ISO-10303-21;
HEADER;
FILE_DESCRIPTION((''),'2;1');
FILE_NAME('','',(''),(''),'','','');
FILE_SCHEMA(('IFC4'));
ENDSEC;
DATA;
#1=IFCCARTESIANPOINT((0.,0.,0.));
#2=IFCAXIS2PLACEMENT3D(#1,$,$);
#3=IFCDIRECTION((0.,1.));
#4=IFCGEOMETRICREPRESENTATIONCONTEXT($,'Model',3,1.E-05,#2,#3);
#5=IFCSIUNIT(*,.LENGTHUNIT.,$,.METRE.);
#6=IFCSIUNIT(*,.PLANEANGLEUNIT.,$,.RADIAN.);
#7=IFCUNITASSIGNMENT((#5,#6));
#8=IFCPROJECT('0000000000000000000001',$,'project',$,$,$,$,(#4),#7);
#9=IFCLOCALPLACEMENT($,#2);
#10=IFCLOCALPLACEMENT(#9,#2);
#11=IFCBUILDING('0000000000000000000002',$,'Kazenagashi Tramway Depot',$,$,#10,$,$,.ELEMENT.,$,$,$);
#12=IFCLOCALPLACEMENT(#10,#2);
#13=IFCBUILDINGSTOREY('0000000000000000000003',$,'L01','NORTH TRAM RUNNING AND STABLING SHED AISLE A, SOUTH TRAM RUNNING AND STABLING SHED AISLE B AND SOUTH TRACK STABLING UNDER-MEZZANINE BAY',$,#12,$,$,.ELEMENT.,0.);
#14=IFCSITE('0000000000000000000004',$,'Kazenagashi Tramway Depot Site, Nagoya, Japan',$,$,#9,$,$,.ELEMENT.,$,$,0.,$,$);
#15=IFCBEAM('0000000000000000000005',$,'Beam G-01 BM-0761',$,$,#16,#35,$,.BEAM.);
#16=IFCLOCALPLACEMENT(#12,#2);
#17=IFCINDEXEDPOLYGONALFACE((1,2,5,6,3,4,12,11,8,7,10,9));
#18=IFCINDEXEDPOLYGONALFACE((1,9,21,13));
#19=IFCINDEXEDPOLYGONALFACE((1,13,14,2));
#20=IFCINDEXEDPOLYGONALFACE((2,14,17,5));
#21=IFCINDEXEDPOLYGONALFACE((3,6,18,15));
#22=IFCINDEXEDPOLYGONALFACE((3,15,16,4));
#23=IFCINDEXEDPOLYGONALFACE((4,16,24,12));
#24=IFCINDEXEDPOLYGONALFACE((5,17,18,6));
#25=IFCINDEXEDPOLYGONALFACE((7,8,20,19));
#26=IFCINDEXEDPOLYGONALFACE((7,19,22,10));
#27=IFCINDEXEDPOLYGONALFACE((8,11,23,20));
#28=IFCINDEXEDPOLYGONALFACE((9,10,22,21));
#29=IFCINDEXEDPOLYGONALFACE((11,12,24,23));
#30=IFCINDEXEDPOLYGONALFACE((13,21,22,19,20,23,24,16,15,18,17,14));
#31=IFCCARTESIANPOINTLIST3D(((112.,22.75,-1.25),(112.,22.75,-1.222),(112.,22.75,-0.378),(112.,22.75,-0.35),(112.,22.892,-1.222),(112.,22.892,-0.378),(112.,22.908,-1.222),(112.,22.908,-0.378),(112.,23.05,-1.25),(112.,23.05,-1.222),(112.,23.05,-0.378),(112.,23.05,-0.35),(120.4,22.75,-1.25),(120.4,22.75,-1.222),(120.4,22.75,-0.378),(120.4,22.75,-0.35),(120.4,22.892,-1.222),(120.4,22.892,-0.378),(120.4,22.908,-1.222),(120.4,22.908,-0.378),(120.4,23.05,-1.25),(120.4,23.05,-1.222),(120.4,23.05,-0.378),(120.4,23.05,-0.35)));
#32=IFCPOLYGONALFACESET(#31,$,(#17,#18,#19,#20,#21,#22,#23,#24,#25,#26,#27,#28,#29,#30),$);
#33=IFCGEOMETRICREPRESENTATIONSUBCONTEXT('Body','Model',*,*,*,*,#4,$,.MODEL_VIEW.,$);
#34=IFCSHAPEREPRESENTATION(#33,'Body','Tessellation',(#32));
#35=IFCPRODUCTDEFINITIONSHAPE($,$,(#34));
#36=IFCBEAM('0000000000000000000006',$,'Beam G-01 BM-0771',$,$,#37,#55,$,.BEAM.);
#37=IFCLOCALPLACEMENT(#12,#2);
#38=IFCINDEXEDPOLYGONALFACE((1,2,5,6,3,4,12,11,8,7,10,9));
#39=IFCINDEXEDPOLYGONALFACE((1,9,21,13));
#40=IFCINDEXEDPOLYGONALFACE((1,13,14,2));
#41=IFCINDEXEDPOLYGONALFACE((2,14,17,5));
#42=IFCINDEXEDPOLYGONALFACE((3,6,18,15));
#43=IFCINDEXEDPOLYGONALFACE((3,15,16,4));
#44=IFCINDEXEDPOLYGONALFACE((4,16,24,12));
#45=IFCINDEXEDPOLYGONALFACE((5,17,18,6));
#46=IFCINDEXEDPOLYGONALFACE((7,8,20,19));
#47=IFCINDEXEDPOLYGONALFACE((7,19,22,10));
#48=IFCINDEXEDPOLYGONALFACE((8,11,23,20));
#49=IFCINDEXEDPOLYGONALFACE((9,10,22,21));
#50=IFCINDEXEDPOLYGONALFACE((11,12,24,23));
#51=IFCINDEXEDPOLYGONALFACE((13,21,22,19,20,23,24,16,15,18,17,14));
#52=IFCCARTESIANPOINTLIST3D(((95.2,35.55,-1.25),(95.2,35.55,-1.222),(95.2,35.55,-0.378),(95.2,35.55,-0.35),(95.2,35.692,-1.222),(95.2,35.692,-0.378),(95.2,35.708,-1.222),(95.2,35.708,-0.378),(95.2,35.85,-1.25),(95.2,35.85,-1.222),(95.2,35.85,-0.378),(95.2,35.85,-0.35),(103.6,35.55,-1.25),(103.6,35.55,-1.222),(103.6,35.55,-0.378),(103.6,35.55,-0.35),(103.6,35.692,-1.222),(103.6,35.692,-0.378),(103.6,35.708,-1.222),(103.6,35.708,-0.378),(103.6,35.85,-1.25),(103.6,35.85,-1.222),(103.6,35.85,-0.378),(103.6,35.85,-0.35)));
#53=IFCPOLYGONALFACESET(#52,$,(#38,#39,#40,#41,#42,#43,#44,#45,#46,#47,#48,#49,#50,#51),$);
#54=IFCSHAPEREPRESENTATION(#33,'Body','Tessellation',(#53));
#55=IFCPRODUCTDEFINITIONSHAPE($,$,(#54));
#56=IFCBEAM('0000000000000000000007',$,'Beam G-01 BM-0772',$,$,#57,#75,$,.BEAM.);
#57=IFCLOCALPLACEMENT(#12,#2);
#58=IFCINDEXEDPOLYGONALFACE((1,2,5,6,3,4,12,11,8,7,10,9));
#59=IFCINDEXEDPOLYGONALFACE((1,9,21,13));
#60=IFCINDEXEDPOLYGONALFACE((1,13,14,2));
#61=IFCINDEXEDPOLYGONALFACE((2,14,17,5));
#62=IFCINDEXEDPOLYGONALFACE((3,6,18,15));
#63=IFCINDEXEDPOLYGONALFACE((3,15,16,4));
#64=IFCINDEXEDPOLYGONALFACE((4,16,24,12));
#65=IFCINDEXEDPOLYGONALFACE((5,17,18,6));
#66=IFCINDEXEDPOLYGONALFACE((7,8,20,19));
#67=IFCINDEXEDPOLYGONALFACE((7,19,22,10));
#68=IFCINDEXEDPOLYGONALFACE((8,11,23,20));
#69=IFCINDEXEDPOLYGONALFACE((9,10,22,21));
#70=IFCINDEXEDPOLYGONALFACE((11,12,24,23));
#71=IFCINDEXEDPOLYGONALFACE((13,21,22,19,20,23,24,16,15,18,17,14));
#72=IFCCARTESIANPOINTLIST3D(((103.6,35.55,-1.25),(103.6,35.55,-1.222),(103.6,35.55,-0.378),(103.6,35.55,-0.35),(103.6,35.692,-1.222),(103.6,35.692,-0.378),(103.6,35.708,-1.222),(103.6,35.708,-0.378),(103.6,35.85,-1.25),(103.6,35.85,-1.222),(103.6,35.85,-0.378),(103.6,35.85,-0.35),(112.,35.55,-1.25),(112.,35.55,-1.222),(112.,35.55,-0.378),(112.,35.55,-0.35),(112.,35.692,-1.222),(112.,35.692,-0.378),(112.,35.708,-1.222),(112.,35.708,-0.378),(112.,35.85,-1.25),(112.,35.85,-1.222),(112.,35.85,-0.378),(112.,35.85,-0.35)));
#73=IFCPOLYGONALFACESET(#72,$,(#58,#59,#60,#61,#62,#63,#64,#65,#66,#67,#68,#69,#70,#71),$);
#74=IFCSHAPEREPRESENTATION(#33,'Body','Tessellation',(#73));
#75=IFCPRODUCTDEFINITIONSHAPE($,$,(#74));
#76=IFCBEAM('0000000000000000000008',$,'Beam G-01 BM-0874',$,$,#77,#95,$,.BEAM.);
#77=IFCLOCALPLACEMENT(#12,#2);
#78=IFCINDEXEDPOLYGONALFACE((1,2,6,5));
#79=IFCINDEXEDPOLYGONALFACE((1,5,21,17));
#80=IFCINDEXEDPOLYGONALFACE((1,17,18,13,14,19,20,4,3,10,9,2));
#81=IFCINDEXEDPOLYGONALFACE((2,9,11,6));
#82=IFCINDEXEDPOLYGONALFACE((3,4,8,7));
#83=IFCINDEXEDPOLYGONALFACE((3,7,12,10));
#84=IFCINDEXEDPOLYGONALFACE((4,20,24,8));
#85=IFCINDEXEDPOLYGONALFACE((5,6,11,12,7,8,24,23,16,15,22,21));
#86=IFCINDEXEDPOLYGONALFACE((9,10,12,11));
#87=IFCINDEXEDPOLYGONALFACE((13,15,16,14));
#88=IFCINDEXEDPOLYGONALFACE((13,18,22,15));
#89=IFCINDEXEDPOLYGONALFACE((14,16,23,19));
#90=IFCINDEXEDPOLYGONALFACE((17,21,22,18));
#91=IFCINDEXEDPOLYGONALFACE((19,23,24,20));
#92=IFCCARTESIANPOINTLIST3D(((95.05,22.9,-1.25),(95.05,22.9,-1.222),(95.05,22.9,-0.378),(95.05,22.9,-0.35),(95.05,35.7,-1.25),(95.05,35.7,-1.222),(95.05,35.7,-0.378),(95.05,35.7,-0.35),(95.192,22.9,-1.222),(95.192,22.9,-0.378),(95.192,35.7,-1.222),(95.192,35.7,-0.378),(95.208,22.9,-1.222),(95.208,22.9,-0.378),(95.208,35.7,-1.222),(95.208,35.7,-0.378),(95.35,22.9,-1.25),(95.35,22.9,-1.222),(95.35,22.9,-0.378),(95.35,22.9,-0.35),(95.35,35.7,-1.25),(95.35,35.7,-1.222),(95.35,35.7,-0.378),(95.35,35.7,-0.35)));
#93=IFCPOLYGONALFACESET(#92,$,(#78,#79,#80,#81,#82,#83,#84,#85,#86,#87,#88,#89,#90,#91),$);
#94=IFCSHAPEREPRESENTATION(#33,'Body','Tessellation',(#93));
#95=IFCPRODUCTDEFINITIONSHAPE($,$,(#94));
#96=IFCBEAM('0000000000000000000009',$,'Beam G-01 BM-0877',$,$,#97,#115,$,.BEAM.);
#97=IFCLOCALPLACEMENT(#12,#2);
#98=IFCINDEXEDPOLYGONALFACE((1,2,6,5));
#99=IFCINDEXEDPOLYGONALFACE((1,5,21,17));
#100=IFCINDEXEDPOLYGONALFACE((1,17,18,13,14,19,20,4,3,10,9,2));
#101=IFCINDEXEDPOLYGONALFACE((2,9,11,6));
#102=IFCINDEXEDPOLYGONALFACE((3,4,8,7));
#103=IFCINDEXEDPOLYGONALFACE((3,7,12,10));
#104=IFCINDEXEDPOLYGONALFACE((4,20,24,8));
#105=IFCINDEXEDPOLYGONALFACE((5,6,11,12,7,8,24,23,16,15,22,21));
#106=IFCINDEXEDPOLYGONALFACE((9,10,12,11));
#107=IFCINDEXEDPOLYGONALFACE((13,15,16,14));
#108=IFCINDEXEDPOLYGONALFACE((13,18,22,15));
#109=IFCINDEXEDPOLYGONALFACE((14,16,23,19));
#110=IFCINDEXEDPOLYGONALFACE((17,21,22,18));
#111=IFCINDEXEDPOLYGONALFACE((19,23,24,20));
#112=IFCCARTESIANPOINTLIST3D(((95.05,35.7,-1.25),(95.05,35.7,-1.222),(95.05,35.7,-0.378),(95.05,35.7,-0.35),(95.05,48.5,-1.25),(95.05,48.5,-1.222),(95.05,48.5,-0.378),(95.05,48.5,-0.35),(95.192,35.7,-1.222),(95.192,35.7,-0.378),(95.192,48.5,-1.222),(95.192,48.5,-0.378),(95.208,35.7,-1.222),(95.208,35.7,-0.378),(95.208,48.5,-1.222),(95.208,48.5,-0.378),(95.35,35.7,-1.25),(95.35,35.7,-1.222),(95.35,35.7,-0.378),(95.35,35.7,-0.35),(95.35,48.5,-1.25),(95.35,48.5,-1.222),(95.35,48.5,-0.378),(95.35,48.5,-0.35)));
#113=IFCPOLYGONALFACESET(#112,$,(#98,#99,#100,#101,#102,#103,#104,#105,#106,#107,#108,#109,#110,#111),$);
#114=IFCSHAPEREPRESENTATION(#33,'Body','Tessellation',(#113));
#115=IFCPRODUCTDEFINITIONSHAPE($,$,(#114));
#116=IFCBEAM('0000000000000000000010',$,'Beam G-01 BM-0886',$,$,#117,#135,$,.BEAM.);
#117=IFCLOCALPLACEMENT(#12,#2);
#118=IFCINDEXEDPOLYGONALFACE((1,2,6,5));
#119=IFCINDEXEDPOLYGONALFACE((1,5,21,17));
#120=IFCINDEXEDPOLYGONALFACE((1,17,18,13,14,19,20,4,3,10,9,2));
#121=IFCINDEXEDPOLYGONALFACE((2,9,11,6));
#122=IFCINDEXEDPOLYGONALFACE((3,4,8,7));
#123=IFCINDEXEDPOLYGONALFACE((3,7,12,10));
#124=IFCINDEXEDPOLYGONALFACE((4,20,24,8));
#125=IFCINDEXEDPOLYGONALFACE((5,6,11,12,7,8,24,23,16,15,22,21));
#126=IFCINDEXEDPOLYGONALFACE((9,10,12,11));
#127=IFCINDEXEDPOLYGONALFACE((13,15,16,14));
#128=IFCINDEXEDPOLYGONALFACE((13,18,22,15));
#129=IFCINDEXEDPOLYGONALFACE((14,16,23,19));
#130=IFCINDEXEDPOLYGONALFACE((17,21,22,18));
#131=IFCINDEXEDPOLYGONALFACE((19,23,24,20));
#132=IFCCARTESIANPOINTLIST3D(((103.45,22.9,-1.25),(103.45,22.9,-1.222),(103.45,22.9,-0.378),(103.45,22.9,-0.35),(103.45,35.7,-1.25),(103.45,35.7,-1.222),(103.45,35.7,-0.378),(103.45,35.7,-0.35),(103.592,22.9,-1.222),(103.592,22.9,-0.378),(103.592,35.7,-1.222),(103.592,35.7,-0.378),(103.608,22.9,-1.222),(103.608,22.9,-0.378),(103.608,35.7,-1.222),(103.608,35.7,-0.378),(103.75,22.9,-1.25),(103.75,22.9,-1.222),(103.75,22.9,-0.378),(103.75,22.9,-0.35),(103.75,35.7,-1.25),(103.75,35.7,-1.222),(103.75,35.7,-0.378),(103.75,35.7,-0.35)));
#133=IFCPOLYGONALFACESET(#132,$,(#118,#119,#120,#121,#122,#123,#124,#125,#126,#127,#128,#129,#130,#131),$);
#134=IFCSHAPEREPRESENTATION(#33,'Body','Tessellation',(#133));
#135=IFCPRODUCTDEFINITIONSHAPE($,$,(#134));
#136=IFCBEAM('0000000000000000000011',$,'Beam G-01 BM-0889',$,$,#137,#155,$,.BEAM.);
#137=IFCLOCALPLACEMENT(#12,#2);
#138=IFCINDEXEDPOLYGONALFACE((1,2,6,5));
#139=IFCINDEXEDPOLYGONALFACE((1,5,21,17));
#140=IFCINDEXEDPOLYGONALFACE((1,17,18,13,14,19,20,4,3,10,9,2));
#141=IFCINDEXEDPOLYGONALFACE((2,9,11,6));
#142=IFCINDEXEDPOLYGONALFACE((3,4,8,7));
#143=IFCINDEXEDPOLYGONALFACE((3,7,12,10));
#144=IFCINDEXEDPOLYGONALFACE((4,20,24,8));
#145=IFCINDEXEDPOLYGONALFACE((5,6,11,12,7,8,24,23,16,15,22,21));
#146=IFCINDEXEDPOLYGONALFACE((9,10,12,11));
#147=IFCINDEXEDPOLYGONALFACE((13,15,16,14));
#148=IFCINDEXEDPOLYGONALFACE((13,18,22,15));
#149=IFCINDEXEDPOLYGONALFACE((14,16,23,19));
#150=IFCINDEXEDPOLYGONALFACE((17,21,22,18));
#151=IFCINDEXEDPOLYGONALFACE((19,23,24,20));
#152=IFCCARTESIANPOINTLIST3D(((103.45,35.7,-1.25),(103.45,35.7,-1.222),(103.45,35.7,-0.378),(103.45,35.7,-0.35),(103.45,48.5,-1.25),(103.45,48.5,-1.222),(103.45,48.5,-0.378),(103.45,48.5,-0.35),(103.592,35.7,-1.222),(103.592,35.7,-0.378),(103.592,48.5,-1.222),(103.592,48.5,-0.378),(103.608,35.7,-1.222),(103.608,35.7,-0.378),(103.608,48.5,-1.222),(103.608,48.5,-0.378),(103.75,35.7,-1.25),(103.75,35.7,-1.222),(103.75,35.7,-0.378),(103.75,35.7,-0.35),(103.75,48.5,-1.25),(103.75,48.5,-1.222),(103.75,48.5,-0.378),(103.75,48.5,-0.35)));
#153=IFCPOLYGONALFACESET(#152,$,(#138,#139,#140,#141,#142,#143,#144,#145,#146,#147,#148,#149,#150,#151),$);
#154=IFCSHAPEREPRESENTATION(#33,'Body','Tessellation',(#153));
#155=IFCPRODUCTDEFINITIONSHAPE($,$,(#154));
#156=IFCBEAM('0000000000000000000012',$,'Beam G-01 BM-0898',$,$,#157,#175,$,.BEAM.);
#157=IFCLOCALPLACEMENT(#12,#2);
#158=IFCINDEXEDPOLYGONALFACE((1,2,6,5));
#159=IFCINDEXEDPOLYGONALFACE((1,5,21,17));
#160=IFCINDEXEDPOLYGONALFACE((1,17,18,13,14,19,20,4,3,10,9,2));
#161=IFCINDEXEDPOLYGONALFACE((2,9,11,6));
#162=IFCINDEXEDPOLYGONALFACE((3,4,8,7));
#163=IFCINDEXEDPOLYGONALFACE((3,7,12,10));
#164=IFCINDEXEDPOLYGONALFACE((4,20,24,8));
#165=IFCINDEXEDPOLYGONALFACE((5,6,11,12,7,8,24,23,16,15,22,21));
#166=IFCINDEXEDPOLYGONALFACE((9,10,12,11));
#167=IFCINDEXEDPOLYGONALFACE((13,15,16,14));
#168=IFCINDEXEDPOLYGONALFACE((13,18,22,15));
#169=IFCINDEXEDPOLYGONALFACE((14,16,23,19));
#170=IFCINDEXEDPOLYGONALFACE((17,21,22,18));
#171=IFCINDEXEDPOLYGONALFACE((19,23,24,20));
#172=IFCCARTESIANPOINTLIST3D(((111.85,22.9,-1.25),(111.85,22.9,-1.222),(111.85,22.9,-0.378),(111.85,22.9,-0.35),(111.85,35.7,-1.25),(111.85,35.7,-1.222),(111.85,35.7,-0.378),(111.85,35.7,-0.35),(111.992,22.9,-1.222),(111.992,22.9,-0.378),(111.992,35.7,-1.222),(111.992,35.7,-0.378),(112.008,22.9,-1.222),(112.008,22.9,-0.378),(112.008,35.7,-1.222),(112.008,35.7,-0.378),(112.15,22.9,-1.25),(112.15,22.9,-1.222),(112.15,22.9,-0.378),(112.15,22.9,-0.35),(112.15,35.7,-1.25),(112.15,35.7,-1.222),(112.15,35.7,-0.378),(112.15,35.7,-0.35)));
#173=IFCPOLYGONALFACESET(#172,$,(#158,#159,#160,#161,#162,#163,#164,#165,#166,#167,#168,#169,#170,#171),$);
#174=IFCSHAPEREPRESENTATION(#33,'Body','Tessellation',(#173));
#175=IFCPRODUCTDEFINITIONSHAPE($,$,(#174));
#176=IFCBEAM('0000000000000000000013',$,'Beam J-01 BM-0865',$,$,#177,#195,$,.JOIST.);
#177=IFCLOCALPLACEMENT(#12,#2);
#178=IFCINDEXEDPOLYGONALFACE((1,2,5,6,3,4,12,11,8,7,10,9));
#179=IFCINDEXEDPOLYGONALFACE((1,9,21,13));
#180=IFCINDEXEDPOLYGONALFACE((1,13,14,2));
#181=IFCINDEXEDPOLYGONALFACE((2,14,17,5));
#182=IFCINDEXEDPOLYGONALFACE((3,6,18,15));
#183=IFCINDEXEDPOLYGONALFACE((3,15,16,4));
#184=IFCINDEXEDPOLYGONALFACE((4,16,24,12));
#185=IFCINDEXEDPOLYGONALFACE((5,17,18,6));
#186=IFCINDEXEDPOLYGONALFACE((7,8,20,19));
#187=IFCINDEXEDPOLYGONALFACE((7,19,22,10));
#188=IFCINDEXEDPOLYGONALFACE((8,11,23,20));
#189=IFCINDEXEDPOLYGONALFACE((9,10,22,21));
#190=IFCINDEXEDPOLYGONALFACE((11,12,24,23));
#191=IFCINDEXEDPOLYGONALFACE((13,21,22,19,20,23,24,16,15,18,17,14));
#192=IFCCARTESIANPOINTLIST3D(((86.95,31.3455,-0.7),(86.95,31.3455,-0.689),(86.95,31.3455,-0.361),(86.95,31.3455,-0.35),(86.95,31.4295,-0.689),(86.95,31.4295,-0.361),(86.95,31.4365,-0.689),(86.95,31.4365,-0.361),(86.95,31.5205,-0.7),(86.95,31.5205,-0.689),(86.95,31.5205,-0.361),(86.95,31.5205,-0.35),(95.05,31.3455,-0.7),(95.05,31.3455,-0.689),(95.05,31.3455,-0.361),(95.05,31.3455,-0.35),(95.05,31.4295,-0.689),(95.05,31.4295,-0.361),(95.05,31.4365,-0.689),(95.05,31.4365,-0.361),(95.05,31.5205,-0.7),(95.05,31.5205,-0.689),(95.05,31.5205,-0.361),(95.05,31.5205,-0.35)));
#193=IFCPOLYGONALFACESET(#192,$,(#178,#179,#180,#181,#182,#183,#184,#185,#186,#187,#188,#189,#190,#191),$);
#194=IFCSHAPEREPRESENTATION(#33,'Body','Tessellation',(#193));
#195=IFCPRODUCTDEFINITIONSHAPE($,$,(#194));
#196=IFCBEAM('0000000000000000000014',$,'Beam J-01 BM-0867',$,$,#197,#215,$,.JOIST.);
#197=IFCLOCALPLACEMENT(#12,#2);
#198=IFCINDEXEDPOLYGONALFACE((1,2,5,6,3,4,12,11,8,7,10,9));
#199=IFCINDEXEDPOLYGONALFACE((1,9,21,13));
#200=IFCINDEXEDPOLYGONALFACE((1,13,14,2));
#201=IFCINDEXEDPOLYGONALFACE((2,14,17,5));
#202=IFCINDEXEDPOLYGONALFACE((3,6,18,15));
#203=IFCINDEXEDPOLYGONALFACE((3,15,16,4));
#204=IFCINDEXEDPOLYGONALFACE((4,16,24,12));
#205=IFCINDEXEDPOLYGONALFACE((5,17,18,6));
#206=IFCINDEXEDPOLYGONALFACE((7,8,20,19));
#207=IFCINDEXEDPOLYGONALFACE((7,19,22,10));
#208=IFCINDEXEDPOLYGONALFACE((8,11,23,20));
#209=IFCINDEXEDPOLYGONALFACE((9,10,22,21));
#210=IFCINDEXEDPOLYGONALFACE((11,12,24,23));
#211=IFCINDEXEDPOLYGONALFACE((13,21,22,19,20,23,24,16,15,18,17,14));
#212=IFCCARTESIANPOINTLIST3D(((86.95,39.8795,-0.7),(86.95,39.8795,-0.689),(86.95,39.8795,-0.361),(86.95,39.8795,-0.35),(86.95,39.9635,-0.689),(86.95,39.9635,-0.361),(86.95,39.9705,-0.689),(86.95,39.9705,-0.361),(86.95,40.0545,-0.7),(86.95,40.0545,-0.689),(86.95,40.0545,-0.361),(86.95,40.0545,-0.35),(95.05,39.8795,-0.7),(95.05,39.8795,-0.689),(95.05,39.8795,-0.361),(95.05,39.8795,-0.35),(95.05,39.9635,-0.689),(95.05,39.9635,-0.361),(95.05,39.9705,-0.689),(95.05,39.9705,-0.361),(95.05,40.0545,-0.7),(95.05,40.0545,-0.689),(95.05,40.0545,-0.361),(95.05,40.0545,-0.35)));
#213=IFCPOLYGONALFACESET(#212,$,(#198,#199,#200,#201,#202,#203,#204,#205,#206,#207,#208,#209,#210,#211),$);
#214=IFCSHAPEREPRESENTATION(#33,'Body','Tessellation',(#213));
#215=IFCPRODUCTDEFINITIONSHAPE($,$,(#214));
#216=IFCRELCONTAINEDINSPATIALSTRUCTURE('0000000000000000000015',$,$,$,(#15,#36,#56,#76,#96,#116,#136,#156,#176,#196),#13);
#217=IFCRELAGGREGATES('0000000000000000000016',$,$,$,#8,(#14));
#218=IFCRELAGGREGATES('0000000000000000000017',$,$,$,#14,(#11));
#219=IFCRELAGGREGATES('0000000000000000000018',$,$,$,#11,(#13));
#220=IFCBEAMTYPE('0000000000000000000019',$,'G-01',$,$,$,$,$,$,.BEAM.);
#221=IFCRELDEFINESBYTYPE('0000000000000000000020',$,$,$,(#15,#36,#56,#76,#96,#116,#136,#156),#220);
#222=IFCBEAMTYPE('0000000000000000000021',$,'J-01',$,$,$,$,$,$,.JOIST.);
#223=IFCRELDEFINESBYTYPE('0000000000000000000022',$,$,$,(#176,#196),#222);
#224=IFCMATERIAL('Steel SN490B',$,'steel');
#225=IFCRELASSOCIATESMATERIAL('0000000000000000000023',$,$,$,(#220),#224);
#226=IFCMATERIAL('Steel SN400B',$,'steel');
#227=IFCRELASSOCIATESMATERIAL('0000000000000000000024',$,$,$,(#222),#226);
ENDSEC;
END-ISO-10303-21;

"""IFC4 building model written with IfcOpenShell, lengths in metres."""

from ifc_helpers import new_model, si_unit, direction, frame, origin, origin_2d, place, context, subcontext, project, spatial, i_section, extrude, material, material_profile, profile_set, type_object, element, save


model = new_model("IFC4")

# Units and contexts
model_context = context("Model", 3, precision=1e-05, world=origin(), true_north=direction((0.0, 1.0)))
body_context = subcontext(model_context, "Body", "Model", "MODEL_VIEW")
ifc_project = project(units=[si_unit("LENGTHUNIT", "METRE"), si_unit("PLANEANGLEUNIT", "RADIAN")], contexts=[model_context])

# Site, building, storey
site_placement = place(None, origin())
site = spatial("IfcSite", under=ifc_project, at=site_placement, Name="Kazenagashi Tramway Depot Site, Nagoya, Japan", CompositionType="ELEMENT", RefElevation=0.0)
building_placement = place(site_placement, origin())
building = spatial("IfcBuilding", under=site, at=building_placement, Name="Kazenagashi Tramway Depot", CompositionType="ELEMENT")
storey_placement = place(building_placement, origin())
storey = spatial("IfcBuildingStorey", under=building, at=storey_placement, Name="L01", Description="NORTH TRAM RUNNING AND STABLING SHED AISLE A, SOUTH TRAM RUNNING AND STABLING SHED AISLE B AND SOUTH TRACK STABLING UNDER-MEZZANINE BAY", CompositionType="ELEMENT", Elevation=0.0)

# Shared definitions
ifc_material_1 = material(Name="Steel SN490B", Category="steel")

# Beams
ifc_material_profile_1 = material_profile(ifc_material_1, i_section(OverallWidth=0.3, OverallDepth=0.9, WebThickness=0.016, FlangeThickness=0.028, at=origin_2d()), Name="H-900x300x16x28")
ifc_profile_set_1 = profile_set([ifc_material_profile_1], Name="Steel SN490B")
beam_type_1 = type_object("IfcBeamType", Name="G-01", PredefinedType="BEAM", material=ifc_profile_set_1)
for number, where, z_axis, x_axis, name in (
    (1, (112.0, 22.9, -0.8), (1.0, 0.0, 0.0), (0.0, 1.0, 0.0), "Beam G-01 BM-0761"),
    (2, (95.2, 35.7, -0.8), (1.0, 0.0, 0.0), (0.0, 1.0, 0.0), "Beam G-01 BM-0771"),
    (3, (103.6, 35.7, -0.8), (1.0, 0.0, 0.0), (0.0, 1.0, 0.0), "Beam G-01 BM-0772"),
):
    element("IfcBeam", number, at=place(storey_placement, frame(where, z_axis=z_axis, x_axis=x_axis)), inside=storey, type_object=beam_type_1, Name=name, PredefinedType="BEAM", context=body_context, shape_type="SweptSolid", body=[
        extrude(i_section(OverallWidth=0.3, OverallDepth=0.9, WebThickness=0.016, FlangeThickness=0.028, at=origin_2d()), origin(), (0.0, 0.0, 1.0), 8.4),
    ])
for number, where, z_axis, x_axis, name in (
    (4, (95.2, 22.9, -0.8), (0.0, 1.0, 0.0), (-1.0, 0.0, 0.0), "Beam G-01 BM-0874"),
    (5, (95.2, 35.7, -0.8), (0.0, 1.0, 0.0), (-1.0, 0.0, 0.0), "Beam G-01 BM-0877"),
    (6, (103.6, 22.9, -0.8), (0.0, 1.0, 0.0), (-1.0, 0.0, 0.0), "Beam G-01 BM-0886"),
    (7, (103.6, 35.7, -0.8), (0.0, 1.0, 0.0), (-1.0, 0.0, 0.0), "Beam G-01 BM-0889"),
    (8, (112.0, 22.9, -0.8), (0.0, 1.0, 0.0), (-1.0, 0.0, 0.0), "Beam G-01 BM-0898"),
):
    element("IfcBeam", number, at=place(storey_placement, frame(where, z_axis=z_axis, x_axis=x_axis)), inside=storey, type_object=beam_type_1, Name=name, PredefinedType="BEAM", context=body_context, shape_type="SweptSolid", body=[
        extrude(i_section(OverallWidth=0.3, OverallDepth=0.9, WebThickness=0.016, FlangeThickness=0.028, at=origin_2d()), origin(), (0.0, 0.0, 1.0), 12.8),
    ])
ifc_material_2 = material(Name="Steel SN400B", Category="steel")
ifc_material_profile_2 = material_profile(ifc_material_2, i_section(OverallWidth=0.175, OverallDepth=0.35, WebThickness=0.007, FlangeThickness=0.011, at=origin_2d()), Name="H-350x175x7x11")
ifc_profile_set_2 = profile_set([ifc_material_profile_2], Name="Steel SN400B")
beam_type_2 = type_object("IfcBeamType", Name="J-01", PredefinedType="JOIST", material=ifc_profile_set_2)
for number, where, z_axis, x_axis, name in (
    (9, (86.95, 31.433, -0.525), (1.0, 0.0, 0.0), (0.0, 1.0, 0.0), "Beam J-01 BM-0865"),
    (10, (86.95, 39.967, -0.525), (1.0, 0.0, 0.0), (0.0, 1.0, 0.0), "Beam J-01 BM-0867"),
):
    element("IfcBeam", number, at=place(storey_placement, frame(where, z_axis=z_axis, x_axis=x_axis)), inside=storey, type_object=beam_type_2, Name=name, PredefinedType="JOIST", context=body_context, shape_type="SweptSolid", body=[
        extrude(i_section(OverallWidth=0.175, OverallDepth=0.35, WebThickness=0.007, FlangeThickness=0.011, at=origin_2d()), origin(), (0.0, 0.0, 1.0), 8.1),
    ])

save(model, "model.ifc")
